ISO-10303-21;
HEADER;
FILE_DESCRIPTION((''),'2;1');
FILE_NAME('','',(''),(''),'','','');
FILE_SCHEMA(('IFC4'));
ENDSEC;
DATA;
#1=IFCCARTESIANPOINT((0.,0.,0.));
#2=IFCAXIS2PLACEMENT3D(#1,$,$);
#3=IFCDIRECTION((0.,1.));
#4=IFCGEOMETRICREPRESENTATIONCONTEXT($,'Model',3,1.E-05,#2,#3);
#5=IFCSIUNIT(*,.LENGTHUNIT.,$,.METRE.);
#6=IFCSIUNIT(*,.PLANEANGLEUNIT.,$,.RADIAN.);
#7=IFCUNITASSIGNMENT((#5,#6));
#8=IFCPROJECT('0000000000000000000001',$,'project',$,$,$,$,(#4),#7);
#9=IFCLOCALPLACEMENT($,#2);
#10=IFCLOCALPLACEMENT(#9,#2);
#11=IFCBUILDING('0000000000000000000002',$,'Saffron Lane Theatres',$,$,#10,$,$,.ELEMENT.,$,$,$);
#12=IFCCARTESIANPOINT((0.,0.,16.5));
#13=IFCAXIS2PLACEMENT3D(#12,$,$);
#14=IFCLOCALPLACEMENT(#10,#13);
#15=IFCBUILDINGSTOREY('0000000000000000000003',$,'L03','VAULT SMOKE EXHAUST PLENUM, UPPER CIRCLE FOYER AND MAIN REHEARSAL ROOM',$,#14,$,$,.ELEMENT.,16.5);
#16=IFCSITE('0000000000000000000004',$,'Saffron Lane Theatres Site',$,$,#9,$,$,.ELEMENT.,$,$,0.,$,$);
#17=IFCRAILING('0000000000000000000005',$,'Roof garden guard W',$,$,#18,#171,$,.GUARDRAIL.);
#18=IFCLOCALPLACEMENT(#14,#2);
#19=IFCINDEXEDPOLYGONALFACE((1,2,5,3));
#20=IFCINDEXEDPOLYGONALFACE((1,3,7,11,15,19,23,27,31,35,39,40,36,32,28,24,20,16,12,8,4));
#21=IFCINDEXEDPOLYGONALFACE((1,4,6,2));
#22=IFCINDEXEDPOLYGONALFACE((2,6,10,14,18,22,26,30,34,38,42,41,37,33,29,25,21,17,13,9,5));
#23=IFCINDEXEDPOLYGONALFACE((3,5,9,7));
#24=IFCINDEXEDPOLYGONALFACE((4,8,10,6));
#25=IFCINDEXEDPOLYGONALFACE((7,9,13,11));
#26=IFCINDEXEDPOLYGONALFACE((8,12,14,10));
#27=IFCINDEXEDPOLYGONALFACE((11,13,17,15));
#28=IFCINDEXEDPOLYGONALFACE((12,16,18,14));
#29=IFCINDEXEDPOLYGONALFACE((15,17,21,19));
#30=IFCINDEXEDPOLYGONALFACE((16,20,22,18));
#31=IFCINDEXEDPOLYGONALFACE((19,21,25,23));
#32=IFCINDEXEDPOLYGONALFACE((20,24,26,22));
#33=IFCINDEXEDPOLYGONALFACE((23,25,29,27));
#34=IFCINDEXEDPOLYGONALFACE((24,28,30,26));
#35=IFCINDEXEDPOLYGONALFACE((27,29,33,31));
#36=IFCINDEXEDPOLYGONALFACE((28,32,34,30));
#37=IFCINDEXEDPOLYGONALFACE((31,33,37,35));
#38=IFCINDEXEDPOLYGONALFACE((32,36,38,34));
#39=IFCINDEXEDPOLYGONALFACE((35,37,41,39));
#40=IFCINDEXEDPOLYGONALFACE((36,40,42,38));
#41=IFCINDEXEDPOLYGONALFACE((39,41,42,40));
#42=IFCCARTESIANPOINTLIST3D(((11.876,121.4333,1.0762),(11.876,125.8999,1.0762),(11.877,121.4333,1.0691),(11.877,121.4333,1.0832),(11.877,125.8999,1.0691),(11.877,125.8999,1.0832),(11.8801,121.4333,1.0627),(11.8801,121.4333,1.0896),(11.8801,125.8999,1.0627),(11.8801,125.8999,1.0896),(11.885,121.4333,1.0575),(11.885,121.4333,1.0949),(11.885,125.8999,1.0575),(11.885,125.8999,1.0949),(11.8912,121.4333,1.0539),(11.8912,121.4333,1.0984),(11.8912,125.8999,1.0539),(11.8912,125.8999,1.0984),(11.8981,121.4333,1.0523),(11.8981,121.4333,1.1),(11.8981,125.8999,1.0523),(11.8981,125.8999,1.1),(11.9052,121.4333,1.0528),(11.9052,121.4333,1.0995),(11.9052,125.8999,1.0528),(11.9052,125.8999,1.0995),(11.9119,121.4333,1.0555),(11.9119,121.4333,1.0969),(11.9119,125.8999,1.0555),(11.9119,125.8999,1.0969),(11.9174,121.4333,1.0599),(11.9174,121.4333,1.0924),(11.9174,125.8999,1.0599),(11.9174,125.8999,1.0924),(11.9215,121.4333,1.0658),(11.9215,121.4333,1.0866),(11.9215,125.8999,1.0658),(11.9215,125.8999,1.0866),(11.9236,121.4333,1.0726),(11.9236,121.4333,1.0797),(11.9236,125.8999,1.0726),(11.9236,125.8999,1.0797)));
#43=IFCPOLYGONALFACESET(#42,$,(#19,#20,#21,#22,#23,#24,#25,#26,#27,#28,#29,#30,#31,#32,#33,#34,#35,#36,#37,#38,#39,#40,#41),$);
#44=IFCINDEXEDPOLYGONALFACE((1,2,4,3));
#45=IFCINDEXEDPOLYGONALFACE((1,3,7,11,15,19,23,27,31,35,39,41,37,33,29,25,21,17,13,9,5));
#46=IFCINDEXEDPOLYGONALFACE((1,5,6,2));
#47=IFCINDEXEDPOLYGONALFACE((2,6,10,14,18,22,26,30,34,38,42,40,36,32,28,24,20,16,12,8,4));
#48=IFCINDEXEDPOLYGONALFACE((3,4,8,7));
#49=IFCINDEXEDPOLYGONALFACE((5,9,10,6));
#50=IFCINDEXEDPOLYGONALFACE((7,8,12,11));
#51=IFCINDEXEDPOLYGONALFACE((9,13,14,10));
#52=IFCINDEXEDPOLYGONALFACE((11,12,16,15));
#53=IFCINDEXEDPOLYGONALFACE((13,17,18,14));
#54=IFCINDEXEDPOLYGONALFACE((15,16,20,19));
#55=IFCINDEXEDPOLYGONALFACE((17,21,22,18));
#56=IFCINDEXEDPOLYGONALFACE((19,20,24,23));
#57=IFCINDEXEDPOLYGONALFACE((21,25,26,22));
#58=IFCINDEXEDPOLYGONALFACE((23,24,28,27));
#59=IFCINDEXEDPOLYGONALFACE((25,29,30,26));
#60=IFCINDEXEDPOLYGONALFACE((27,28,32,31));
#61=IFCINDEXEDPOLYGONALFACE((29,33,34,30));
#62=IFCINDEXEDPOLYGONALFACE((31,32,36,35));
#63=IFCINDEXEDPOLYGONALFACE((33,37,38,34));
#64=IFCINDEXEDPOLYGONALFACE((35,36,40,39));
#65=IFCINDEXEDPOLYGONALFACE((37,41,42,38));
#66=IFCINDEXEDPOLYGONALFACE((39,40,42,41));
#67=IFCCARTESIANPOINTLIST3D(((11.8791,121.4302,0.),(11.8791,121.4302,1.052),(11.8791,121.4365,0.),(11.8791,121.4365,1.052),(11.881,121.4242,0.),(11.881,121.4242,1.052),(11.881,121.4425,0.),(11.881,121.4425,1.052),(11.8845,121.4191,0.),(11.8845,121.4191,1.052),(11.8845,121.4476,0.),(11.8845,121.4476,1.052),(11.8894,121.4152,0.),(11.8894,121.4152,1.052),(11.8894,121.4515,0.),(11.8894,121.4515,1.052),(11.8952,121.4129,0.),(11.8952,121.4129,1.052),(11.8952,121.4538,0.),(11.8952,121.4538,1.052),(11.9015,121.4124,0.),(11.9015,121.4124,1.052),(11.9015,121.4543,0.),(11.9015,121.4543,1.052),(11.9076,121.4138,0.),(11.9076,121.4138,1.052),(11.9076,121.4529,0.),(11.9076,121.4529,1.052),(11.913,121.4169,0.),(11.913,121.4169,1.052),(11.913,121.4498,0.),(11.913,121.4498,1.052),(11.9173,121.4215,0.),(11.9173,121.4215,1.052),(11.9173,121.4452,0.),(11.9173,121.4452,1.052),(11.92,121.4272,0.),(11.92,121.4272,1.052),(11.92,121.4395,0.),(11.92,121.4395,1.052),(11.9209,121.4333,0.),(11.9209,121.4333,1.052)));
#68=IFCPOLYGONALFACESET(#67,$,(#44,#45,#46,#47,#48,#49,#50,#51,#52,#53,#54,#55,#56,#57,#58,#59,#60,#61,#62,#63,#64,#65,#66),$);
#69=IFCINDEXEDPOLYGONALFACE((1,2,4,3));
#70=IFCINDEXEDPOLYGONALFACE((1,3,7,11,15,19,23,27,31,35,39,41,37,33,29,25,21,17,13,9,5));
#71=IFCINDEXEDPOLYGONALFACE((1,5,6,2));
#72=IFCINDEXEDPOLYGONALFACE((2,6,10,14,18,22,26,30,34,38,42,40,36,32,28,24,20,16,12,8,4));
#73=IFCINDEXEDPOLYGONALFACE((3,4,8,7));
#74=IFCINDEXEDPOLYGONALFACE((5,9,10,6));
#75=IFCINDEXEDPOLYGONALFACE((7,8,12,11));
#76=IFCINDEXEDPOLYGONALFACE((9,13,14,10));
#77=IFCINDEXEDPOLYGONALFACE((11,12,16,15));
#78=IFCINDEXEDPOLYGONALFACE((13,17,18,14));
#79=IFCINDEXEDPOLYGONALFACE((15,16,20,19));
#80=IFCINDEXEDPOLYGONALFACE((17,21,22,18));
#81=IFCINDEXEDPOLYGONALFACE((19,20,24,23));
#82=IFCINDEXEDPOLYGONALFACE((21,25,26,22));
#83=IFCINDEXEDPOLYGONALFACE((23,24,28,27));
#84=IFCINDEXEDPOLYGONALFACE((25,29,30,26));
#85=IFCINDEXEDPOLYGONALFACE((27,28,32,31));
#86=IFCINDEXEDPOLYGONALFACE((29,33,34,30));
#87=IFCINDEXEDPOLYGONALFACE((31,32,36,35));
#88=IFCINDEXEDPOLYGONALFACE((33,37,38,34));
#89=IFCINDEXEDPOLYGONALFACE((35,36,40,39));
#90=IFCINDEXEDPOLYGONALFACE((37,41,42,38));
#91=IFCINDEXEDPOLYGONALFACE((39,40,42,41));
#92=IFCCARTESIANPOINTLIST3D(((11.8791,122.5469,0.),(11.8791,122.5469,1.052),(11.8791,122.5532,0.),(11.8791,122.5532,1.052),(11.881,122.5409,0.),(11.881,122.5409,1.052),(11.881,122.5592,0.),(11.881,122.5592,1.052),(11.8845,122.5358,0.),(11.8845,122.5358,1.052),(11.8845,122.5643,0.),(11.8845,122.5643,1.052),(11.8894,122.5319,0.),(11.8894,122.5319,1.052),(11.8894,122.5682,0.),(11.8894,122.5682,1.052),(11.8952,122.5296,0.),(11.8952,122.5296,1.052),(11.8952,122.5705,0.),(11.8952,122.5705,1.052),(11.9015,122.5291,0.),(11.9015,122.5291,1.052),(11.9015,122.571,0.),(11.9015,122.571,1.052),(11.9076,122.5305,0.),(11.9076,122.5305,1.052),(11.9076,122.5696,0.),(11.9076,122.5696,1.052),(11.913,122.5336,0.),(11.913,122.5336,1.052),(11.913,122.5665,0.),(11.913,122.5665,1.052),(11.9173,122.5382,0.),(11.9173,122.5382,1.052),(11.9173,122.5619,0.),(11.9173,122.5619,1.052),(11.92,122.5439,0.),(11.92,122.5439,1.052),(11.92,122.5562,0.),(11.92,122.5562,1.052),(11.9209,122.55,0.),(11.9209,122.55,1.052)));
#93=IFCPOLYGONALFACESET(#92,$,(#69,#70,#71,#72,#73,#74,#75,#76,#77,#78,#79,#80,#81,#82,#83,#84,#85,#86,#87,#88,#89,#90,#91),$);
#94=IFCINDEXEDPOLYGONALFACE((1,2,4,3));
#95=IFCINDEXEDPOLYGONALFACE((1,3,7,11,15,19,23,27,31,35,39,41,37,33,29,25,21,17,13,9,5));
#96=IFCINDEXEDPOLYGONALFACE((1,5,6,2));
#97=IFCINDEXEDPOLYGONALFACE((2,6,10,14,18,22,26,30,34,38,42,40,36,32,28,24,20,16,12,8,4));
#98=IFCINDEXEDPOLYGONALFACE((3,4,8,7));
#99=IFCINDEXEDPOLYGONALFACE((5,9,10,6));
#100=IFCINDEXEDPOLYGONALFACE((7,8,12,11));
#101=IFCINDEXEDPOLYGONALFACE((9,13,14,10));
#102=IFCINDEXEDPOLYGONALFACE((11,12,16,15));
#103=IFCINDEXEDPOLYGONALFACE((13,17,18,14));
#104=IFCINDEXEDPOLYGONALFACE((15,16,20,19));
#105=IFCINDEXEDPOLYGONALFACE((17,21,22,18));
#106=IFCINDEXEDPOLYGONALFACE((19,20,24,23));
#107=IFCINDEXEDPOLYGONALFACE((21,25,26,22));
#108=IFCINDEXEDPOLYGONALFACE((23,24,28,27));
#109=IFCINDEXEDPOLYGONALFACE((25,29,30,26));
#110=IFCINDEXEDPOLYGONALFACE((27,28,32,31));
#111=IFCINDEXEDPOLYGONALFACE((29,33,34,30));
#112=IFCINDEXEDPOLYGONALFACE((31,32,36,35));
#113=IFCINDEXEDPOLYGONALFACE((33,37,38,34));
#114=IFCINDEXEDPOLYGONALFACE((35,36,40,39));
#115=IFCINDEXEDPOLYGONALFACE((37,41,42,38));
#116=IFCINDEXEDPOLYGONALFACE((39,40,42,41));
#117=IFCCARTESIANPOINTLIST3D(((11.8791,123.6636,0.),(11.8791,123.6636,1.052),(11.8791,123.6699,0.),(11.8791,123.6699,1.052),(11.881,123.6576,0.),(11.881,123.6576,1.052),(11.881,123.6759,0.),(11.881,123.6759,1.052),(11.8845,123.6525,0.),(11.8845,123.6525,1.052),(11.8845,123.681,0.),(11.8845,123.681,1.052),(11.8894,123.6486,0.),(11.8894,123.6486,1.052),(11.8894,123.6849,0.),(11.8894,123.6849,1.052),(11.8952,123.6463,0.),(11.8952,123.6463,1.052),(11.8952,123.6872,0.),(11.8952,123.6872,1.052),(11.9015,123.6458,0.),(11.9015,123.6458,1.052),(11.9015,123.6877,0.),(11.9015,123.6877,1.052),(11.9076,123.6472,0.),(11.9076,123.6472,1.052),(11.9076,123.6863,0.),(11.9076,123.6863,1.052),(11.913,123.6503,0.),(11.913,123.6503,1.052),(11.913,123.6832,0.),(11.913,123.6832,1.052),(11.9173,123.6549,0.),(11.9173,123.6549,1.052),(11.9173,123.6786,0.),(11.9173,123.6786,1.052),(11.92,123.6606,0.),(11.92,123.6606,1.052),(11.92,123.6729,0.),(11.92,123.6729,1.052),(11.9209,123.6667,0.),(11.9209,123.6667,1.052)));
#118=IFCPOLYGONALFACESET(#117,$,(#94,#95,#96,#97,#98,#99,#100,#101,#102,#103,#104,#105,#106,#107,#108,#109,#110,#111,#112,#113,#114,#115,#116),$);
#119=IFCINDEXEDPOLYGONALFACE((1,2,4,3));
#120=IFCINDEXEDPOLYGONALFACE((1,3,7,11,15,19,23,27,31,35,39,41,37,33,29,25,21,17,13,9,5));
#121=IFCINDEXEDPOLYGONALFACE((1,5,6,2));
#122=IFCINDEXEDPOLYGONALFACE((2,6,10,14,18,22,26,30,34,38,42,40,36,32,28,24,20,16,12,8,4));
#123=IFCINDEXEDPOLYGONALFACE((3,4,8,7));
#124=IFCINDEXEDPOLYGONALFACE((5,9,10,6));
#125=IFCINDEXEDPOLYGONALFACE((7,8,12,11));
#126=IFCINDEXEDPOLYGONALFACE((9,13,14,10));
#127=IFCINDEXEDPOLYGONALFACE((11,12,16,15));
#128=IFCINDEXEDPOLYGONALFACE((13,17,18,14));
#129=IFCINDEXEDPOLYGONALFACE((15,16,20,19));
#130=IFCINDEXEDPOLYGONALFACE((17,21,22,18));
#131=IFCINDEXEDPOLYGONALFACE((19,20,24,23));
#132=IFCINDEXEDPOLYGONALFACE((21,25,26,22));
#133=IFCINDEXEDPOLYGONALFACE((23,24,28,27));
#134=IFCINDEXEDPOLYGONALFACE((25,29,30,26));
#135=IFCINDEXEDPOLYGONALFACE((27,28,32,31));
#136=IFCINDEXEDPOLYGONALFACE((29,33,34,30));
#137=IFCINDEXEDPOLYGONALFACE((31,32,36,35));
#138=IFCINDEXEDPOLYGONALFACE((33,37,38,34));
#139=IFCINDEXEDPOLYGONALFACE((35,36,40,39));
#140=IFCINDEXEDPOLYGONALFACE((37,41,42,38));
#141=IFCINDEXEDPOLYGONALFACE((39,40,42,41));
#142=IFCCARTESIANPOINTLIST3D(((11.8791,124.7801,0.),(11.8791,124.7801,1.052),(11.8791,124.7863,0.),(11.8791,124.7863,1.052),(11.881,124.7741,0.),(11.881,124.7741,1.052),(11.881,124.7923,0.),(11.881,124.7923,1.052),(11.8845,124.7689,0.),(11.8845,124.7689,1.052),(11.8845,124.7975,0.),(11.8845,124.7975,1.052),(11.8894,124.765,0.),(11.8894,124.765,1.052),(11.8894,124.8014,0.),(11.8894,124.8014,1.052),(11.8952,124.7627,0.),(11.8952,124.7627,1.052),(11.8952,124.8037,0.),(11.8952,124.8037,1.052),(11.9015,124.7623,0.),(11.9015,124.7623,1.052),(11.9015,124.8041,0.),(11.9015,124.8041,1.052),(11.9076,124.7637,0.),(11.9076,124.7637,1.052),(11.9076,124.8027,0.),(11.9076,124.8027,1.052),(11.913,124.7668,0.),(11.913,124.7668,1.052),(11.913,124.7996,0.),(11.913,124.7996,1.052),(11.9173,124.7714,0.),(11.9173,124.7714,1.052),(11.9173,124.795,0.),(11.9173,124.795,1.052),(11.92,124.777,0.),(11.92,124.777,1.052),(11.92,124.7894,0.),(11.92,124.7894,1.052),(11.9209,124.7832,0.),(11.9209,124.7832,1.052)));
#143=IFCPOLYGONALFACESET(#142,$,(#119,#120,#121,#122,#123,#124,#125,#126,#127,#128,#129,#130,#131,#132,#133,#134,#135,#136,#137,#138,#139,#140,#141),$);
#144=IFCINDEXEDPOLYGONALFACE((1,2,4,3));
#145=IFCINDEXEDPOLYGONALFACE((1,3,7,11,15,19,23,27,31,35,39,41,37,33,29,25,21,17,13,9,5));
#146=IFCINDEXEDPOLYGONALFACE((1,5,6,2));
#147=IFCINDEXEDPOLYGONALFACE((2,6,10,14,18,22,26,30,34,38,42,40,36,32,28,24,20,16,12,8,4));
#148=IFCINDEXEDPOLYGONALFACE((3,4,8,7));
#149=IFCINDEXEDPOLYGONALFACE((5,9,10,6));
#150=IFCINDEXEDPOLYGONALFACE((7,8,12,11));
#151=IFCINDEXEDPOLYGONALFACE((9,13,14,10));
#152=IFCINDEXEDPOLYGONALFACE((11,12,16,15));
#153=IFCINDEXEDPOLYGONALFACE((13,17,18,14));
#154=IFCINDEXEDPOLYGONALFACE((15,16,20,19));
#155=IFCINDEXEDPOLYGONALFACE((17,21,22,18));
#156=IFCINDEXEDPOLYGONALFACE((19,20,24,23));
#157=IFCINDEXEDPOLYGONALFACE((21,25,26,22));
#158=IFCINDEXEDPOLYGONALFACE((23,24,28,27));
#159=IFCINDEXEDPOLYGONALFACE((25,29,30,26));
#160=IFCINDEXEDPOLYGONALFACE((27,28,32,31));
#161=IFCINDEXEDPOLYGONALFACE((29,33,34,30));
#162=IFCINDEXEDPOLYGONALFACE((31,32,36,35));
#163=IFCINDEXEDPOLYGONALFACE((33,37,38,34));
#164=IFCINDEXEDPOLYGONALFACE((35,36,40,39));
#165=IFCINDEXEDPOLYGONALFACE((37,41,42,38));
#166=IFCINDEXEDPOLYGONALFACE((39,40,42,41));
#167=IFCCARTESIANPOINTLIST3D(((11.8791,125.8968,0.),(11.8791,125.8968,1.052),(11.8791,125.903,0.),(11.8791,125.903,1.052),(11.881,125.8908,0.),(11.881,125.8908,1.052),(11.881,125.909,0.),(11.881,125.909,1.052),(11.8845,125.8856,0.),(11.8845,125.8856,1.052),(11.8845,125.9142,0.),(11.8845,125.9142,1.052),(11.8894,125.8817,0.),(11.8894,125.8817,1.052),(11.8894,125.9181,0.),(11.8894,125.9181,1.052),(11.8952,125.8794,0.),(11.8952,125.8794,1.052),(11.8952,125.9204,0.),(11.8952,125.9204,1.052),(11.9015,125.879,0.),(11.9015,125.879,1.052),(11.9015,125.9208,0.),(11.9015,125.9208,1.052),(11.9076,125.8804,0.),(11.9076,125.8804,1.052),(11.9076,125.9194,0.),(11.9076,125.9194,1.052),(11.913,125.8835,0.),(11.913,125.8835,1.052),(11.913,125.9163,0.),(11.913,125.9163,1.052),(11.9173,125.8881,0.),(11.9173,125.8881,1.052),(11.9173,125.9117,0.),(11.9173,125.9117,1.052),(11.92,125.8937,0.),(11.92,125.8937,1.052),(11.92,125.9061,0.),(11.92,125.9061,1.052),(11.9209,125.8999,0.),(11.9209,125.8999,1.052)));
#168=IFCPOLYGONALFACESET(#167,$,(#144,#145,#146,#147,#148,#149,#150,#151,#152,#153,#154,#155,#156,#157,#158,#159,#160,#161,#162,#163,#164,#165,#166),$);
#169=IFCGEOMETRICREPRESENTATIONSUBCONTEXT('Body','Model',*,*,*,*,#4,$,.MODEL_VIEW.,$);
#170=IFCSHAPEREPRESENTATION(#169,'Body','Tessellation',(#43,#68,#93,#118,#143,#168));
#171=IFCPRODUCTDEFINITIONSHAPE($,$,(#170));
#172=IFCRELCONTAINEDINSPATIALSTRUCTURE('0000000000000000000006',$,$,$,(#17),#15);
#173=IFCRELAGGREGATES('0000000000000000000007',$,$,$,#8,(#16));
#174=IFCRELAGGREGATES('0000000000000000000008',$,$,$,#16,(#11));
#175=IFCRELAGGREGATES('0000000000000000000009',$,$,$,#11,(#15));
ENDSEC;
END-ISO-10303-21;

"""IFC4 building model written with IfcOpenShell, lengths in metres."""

from ifc_helpers import new_model, si_unit, direction, frame, origin, origin_2d, place, context, subcontext, project, spatial, circle, extrude, element, save


model = new_model("IFC4")

# Units and contexts
model_context = context("Model", 3, precision=1e-05, world=origin(), true_north=direction((0.0, 1.0)))
body_context = subcontext(model_context, "Body", "Model", "MODEL_VIEW")
ifc_project = project(units=[si_unit("LENGTHUNIT", "METRE"), si_unit("PLANEANGLEUNIT", "RADIAN")], contexts=[model_context])

# Site, building, storey
site_placement = place(None, origin())
site = spatial("IfcSite", under=ifc_project, at=site_placement, Name="Saffron Lane Theatres Site", CompositionType="ELEMENT", RefElevation=0.0)
building_placement = place(site_placement, origin())
building = spatial("IfcBuilding", under=site, at=building_placement, Name="Saffron Lane Theatres", CompositionType="ELEMENT")
storey_placement = place(building_placement, frame((0.0, 0.0, 16.5)))
storey = spatial("IfcBuildingStorey", under=building, at=storey_placement, Name="L03", Description="VAULT SMOKE EXHAUST PLENUM, UPPER CIRCLE FOYER AND MAIN REHEARSAL ROOM", CompositionType="ELEMENT", Elevation=16.5)

# Railing
railing_1_placement = place(storey_placement, frame((11.8999, 121.4333, 0.0)))
element("IfcRailing", 1, at=railing_1_placement, inside=storey, Name="Roof garden guard W", PredefinedType="GUARDRAIL", context=body_context, shape_type="SweptSolid", body=[
    extrude(circle(Radius=0.0239, at=origin_2d()), frame((0.0, 0.0, 1.0762), z_axis=(0.0, 1.0, 0.0), x_axis=(-1.0, 0.0, 0.0)), (0.0, 0.0, 1.0), 4.4666),
    extrude(circle(Radius=0.021, at=origin_2d()), origin(), (0.0, 0.0, 1.0), 1.052),
    extrude(circle(Radius=0.021, at=origin_2d()), frame((0.0, 1.1167, 0.0)), (0.0, 0.0, 1.0), 1.052),
    extrude(circle(Radius=0.021, at=origin_2d()), frame((0.0, 2.2334, 0.0)), (0.0, 0.0, 1.0), 1.052),
    extrude(circle(Radius=0.021, at=origin_2d()), frame((0.0, 3.3499, 0.0)), (0.0, 0.0, 1.0), 1.052),
    extrude(circle(Radius=0.021, at=origin_2d()), frame((0.0, 4.4666, 0.0)), (0.0, 0.0, 1.0), 1.052),
])

save(model, "model.ifc")
